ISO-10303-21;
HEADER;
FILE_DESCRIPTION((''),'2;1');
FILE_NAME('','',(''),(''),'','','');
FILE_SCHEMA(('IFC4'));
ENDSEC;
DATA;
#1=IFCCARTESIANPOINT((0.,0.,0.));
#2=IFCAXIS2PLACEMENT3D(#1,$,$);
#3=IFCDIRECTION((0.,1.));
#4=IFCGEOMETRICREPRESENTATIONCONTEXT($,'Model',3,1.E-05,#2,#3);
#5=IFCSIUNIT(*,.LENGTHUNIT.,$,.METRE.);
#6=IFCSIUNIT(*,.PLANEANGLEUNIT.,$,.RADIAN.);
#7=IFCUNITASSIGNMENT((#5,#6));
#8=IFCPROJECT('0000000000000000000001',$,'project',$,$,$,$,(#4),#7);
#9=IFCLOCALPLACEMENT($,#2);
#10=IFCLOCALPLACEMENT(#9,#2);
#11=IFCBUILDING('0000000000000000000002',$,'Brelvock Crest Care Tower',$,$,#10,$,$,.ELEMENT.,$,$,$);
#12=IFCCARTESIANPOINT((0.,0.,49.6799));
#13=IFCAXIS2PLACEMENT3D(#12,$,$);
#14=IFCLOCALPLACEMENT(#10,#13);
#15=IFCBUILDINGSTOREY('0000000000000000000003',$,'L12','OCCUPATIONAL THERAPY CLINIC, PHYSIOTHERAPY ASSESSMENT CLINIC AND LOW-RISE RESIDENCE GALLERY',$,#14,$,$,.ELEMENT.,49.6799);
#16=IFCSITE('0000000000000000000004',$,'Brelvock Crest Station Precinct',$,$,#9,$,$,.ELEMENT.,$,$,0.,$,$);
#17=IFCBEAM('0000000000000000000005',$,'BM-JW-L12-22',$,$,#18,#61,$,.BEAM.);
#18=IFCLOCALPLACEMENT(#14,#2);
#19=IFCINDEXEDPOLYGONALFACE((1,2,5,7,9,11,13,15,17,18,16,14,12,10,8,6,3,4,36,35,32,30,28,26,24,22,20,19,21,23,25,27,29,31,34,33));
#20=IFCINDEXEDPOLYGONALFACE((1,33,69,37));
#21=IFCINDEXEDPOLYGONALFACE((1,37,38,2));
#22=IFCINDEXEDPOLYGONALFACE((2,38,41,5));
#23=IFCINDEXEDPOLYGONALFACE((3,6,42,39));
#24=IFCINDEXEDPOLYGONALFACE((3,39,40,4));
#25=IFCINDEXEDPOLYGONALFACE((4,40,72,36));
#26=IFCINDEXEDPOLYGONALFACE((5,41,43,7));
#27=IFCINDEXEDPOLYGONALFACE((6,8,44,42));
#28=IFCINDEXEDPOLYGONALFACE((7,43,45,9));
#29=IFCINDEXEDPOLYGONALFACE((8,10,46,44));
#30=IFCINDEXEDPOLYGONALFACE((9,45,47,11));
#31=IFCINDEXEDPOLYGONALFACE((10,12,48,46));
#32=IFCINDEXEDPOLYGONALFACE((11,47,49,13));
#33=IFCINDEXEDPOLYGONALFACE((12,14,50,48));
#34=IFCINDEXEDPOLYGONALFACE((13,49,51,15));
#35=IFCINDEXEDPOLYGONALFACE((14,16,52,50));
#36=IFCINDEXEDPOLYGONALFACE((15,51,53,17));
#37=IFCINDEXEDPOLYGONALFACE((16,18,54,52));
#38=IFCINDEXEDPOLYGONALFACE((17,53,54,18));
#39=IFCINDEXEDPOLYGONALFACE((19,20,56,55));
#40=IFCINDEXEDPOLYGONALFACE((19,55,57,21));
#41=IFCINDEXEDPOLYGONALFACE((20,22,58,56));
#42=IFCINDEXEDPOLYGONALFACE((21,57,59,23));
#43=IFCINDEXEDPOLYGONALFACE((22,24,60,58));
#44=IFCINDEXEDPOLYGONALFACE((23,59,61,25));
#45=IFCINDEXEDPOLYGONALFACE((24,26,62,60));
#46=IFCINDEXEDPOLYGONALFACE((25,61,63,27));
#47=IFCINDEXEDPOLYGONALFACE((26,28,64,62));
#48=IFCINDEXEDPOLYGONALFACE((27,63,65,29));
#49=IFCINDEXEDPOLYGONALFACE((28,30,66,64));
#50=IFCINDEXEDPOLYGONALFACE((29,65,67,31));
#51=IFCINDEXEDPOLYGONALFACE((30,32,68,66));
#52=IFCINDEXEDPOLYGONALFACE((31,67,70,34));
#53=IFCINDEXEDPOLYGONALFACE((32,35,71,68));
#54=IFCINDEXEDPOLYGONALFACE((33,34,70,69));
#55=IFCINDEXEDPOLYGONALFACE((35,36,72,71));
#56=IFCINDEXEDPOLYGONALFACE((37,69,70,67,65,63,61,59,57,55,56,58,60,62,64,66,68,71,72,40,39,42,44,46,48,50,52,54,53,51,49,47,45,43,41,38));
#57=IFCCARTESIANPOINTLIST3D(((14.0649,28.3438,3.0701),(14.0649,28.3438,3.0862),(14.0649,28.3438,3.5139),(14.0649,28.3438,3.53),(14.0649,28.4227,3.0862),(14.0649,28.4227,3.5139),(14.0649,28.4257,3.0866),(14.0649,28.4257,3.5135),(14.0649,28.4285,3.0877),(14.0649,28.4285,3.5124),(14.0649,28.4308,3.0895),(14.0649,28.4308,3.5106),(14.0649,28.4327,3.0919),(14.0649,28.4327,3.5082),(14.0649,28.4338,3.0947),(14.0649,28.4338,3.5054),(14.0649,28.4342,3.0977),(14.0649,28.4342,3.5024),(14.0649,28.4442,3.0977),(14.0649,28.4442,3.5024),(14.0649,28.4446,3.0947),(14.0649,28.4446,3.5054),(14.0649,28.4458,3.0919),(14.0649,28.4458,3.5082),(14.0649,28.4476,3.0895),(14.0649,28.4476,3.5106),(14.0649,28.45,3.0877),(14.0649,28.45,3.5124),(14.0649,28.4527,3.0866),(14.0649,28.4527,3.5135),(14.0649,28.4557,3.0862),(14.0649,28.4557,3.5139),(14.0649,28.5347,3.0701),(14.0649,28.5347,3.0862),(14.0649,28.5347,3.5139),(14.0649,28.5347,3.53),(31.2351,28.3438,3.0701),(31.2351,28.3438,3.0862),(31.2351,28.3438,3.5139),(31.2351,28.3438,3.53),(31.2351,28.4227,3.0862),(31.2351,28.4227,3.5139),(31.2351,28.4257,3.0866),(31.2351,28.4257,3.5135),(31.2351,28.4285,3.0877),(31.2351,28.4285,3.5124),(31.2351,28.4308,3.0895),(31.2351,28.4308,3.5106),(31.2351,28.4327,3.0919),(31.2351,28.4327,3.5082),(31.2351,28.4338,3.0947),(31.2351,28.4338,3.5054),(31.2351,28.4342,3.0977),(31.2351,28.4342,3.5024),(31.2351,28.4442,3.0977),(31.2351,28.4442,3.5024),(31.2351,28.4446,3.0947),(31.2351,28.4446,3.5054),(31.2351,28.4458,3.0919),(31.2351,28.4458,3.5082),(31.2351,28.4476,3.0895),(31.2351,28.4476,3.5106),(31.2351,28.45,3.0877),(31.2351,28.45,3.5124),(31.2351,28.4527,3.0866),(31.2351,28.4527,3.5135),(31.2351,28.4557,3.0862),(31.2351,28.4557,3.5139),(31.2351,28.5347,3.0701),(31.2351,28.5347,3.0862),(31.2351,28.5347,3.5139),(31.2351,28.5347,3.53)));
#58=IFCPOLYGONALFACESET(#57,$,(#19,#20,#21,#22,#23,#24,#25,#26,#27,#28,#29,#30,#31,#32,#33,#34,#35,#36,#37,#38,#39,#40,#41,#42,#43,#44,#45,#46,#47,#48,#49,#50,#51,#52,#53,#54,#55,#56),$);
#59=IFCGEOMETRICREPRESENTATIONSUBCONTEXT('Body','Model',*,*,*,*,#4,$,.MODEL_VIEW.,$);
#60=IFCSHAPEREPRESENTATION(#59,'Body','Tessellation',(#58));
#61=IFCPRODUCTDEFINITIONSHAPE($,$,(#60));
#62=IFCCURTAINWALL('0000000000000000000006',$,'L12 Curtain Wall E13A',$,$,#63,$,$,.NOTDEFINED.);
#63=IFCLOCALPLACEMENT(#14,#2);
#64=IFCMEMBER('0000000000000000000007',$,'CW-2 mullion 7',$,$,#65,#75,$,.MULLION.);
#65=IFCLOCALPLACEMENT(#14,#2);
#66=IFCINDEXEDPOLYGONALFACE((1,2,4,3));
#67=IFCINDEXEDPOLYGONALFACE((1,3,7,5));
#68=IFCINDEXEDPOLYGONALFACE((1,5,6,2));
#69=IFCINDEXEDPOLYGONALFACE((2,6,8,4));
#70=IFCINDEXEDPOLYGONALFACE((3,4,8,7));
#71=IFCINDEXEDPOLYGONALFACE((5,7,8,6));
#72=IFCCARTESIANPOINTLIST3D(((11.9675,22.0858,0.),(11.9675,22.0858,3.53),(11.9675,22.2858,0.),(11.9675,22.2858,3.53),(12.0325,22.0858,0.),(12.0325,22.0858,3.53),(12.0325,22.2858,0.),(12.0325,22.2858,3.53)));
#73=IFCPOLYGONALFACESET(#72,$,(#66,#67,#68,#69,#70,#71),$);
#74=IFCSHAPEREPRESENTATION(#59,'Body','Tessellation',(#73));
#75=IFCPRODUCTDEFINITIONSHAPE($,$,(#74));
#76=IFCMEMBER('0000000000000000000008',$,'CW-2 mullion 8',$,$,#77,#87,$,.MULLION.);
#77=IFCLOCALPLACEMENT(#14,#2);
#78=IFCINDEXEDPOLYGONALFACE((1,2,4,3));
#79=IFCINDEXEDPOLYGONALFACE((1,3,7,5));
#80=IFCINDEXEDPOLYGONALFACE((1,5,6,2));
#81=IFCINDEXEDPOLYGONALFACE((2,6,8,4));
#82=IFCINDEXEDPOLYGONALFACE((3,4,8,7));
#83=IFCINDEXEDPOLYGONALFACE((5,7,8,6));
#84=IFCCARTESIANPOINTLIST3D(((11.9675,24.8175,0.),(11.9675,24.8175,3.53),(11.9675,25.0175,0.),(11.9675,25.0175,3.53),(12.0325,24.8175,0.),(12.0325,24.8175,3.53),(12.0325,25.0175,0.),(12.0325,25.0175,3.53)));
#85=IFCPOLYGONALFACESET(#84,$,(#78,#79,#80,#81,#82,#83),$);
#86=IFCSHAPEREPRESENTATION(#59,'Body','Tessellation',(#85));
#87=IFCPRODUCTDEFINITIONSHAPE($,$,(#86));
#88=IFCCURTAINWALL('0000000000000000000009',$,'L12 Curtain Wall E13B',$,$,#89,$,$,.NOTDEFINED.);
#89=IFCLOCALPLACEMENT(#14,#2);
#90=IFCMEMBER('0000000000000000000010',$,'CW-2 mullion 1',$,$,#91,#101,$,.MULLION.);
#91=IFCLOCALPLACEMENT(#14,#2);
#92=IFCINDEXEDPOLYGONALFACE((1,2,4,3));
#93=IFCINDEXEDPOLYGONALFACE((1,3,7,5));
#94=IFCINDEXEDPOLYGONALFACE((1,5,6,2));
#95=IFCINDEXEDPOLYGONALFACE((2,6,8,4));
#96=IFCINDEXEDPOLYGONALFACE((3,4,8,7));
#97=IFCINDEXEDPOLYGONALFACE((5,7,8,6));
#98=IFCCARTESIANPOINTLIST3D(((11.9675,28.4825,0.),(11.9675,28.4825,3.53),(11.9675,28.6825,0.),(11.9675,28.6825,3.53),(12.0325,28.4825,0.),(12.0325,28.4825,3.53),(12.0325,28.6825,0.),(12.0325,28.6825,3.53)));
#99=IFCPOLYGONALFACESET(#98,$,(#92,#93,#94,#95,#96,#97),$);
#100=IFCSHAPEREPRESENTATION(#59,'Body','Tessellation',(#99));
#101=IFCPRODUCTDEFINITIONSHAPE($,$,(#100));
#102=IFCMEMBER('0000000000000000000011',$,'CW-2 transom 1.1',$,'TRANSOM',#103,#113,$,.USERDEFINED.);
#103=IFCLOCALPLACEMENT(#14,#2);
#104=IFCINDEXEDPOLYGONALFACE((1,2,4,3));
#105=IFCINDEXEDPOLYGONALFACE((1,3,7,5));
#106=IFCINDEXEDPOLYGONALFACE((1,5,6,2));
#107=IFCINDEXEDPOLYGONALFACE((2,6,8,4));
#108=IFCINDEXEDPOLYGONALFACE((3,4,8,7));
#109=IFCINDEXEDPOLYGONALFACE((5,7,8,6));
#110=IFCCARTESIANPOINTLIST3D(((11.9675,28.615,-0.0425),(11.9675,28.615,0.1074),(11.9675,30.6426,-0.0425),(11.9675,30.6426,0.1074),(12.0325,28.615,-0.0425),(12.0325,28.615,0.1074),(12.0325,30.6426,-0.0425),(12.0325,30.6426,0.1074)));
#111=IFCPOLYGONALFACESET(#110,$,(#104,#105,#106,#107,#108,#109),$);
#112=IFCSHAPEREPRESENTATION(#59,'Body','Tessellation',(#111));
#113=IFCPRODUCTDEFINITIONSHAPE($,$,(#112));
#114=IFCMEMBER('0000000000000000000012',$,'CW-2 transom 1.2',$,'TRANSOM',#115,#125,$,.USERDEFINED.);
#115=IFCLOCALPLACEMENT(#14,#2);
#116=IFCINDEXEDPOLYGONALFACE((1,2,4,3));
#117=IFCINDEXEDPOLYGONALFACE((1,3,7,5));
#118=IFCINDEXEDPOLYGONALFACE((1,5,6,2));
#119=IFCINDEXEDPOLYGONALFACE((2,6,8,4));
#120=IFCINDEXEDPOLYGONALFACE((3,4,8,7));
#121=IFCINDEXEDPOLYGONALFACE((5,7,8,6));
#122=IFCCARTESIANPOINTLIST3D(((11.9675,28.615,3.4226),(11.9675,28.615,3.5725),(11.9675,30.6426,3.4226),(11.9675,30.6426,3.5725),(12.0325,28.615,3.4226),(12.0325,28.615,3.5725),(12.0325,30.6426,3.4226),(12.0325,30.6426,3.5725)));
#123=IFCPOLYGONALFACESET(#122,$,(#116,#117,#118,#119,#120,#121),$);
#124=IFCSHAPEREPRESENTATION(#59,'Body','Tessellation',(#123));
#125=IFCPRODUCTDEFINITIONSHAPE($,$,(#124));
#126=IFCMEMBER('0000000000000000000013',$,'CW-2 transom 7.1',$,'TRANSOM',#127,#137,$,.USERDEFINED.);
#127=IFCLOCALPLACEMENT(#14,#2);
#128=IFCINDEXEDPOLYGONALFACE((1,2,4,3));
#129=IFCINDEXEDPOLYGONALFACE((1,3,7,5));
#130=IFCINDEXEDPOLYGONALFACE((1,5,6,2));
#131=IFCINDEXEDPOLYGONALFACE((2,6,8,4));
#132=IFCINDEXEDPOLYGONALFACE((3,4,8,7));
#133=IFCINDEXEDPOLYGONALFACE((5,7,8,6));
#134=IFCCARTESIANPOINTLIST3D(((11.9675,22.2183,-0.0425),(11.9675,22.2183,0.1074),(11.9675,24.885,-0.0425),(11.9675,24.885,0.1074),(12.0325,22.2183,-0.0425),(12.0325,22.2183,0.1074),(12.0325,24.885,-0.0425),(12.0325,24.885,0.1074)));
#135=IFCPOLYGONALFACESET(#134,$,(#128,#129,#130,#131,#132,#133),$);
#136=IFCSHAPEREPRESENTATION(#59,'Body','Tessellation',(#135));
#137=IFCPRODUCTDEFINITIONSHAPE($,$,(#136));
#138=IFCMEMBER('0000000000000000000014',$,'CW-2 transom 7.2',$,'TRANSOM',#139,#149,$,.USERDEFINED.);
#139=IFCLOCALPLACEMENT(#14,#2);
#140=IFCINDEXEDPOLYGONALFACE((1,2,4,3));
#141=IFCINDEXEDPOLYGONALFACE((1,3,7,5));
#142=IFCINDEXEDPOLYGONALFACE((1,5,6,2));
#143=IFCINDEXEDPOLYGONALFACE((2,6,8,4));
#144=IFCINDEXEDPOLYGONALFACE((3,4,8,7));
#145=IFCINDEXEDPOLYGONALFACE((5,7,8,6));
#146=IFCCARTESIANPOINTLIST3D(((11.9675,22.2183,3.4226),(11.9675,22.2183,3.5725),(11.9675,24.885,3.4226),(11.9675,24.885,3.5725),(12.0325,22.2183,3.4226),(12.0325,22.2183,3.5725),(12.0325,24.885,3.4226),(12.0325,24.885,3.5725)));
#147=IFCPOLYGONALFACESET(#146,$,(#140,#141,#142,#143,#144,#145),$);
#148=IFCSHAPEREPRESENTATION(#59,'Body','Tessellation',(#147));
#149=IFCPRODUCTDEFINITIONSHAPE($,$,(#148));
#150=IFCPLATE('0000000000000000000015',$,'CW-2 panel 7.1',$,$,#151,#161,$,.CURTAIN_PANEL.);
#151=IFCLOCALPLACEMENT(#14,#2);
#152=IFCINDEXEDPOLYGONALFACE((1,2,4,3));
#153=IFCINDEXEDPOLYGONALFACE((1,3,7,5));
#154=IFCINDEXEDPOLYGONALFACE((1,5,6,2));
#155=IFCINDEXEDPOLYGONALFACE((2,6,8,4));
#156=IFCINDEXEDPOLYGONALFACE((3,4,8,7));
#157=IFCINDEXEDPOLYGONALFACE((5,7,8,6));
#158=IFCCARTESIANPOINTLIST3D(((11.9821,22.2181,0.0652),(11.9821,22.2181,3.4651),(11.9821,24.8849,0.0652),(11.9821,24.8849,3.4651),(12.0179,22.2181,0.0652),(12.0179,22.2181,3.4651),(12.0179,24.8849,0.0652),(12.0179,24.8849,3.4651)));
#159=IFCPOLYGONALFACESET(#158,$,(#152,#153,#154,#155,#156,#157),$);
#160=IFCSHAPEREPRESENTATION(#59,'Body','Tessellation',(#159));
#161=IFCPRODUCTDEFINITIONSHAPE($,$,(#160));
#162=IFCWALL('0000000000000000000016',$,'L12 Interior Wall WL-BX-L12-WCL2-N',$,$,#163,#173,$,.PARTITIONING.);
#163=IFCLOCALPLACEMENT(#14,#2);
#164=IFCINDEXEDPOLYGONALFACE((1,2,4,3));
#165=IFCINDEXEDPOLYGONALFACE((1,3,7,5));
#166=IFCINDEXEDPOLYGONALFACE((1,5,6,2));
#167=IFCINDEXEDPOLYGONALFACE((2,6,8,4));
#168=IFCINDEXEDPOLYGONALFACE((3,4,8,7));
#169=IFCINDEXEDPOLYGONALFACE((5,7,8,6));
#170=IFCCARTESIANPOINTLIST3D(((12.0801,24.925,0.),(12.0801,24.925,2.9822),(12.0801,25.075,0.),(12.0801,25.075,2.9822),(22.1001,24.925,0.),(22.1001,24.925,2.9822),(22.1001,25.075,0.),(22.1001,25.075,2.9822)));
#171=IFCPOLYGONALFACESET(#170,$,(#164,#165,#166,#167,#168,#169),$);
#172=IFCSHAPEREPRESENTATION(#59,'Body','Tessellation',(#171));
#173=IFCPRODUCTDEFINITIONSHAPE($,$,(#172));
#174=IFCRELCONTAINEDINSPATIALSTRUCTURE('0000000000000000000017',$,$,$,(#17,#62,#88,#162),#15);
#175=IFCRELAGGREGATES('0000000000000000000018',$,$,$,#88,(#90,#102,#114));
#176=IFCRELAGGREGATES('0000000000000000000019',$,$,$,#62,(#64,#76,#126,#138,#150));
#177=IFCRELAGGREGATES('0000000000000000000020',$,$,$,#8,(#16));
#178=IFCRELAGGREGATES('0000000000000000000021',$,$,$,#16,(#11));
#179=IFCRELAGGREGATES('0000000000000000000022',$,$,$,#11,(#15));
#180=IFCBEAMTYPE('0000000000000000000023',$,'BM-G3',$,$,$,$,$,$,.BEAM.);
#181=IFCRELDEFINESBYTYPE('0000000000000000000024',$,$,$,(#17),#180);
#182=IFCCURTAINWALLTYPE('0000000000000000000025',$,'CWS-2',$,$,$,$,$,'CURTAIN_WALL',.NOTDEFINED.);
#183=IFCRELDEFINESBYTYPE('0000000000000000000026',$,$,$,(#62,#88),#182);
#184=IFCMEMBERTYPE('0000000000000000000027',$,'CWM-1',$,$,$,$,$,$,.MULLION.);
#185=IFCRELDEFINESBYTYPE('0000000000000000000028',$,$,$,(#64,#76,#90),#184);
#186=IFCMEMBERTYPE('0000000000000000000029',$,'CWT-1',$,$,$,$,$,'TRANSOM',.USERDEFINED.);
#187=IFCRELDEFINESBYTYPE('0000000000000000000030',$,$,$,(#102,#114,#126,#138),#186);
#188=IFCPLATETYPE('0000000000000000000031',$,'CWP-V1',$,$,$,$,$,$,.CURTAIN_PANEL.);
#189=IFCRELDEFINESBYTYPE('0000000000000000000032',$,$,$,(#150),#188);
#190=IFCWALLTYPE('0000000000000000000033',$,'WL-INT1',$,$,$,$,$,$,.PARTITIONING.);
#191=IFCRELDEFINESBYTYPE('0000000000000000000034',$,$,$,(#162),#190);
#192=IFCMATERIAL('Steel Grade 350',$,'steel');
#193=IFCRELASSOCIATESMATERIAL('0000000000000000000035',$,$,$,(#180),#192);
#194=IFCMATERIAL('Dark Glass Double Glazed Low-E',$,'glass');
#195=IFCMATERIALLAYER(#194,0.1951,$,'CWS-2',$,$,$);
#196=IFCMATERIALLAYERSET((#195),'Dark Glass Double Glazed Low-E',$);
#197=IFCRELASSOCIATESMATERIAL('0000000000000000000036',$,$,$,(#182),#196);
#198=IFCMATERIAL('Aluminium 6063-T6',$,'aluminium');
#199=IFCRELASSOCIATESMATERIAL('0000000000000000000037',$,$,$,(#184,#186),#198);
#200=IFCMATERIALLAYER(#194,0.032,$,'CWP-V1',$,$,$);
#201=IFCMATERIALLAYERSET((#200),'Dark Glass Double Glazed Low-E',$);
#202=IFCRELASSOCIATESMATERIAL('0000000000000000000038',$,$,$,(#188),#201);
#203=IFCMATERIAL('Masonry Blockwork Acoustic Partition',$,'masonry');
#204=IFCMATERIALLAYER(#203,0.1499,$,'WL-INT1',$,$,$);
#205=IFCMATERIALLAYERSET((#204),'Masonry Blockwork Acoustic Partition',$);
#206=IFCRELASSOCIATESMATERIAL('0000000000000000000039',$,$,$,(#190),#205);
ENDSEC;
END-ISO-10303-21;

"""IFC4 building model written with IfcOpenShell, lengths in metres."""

from ifc_helpers import new_model, si_unit, direction, frame, frame_2d, origin, origin_2d, place, context, subcontext, project, spatial, rectangle, i_section, extrude, source, transform, mapped, material, layer, layer_set, material_profile, profile_set, type_object, element, aggregate, save


model = new_model("IFC4")

# Units and contexts
model_context = context("Model", 3, precision=1e-05, world=origin(), true_north=direction((0.0, 1.0)))
body_context = subcontext(model_context, "Body", "Model", "MODEL_VIEW")
ifc_project = project(units=[si_unit("LENGTHUNIT", "METRE"), si_unit("PLANEANGLEUNIT", "RADIAN")], contexts=[model_context])

# Site, building, storey
site_placement = place(None, origin())
site = spatial("IfcSite", under=ifc_project, at=site_placement, Name="Brelvock Crest Station Precinct", CompositionType="ELEMENT", RefElevation=0.0)
building_placement = place(site_placement, origin())
building = spatial("IfcBuilding", under=site, at=building_placement, Name="Brelvock Crest Care Tower", CompositionType="ELEMENT")
storey_placement = place(building_placement, frame((0.0, 0.0, 49.6799)))
storey = spatial("IfcBuildingStorey", under=building, at=storey_placement, Name="L12", Description="OCCUPATIONAL THERAPY CLINIC, PHYSIOTHERAPY ASSESSMENT CLINIC AND LOW-RISE RESIDENCE GALLERY", CompositionType="ELEMENT", Elevation=49.6799)

# Beam
ifc_material_1 = material(Name="Steel Grade 350", Category="steel")
ifc_material_profile_1 = material_profile(ifc_material_1, i_section(OverallWidth=0.1909, OverallDepth=0.46, WebThickness=0.01, FlangeThickness=0.0161, FilletRadius=0.0115, at=origin_2d()), Name="460UB82.1")
ifc_profile_set_1 = profile_set([ifc_material_profile_1], Name="Steel Grade 350")
beam_type_1 = type_object("IfcBeamType", Name="BM-G3", PredefinedType="BEAM", material=ifc_profile_set_1)
shared_shape_1 = source(origin(), body_context, "Body", "SweptSolid", [
    extrude(i_section(OverallWidth=0.1909, OverallDepth=0.46, WebThickness=0.01, FlangeThickness=0.0161, FilletRadius=0.0115, at=origin_2d()), origin(), (0.0, 0.0, 1.0), 17.1702),
])
for number, where, z_axis, x_axis, name in (
    (1, (14.0649, 28.4392, 3.3), (1.0, 0.0, 0.0), (0.0, 1.0, 0.0), "BM-JW-L12-22"),
):
    element("IfcBeam", number, at=place(storey_placement, frame(where, z_axis=z_axis, x_axis=x_axis)), inside=storey, type_object=beam_type_1, Name=name, PredefinedType="BEAM", context=body_context, shape_type="MappedRepresentation", body=[
        mapped(shared_shape_1, transform((0.0, 0.0, 0.0), x_axis=(1.0, 0.0, 0.0), y_axis=(0.0, 1.0, 0.0), z_axis=(0.0, 0.0, 1.0), scale=1.0)),
    ])

# Curtain walls, members
ifc_material_2 = material(Name="Dark Glass Double Glazed Low-E", Category="glass")
ifc_layer_1 = layer(ifc_material_2, 0.1951, Name="CWS-2")
ifc_layer_set_1 = layer_set([ifc_layer_1], Name="Dark Glass Double Glazed Low-E")
curtain_wall_type = type_object("IfcCurtainWallType", Name="CWS-2", ElementType="CURTAIN_WALL", PredefinedType="NOTDEFINED", material=ifc_layer_set_1)
curtain_wall_1_placement = place(storey_placement, origin())
curtain_wall_1 = element("IfcCurtainWall", 2, at=curtain_wall_1_placement, inside=storey, type_object=curtain_wall_type, Name="L12 Curtain Wall E13A", PredefinedType="NOTDEFINED")
ifc_material_3 = material(Name="Aluminium 6063-T6", Category="aluminium")
ifc_material_profile_2 = material_profile(ifc_material_3, rectangle(XDim=0.0649, YDim=0.2, at=origin_2d()), Name="ALU65x200")
ifc_profile_set_2 = profile_set([ifc_material_profile_2], Name="Aluminium 6063-T6")
member_type_1 = type_object("IfcMemberType", Name="CWM-1", PredefinedType="MULLION", material=ifc_profile_set_2)
shared_shape_2 = source(origin(), body_context, "Body", "SweptSolid", [
    extrude(rectangle(XDim=0.0649, YDim=0.2, at=origin_2d()), origin(), (0.0, 0.0, 1.0), 3.53),
])
member_1_placement = place(storey_placement, frame((12.0, 22.1858, 0.0), z_axis=(0.0, 0.0, 1.0), x_axis=(-1.0, 0.0, 0.0)))
member_1 = element("IfcMember", 3, at=member_1_placement, type_object=member_type_1, Name="CW-2 mullion 7", PredefinedType="MULLION", context=body_context, shape_type="MappedRepresentation", body=[
    mapped(shared_shape_2, transform((0.0, 0.0, 0.0), x_axis=(1.0, 0.0, 0.0), y_axis=(0.0, 1.0, 0.0), z_axis=(0.0, 0.0, 1.0), scale=1.0)),
])
member_2_placement = place(storey_placement, frame((12.0, 24.9175, 0.0), z_axis=(0.0, 0.0, 1.0), x_axis=(-1.0, 0.0, 0.0)))
member_2 = element("IfcMember", 4, at=member_2_placement, type_object=member_type_1, Name="CW-2 mullion 8", PredefinedType="MULLION", context=body_context, shape_type="MappedRepresentation", body=[
    mapped(shared_shape_2, transform((0.0, 0.0, 0.0), x_axis=(1.0, 0.0, 0.0), y_axis=(0.0, 1.0, 0.0), z_axis=(0.0, 0.0, 1.0), scale=1.0)),
])
curtain_wall_2_placement = place(storey_placement, origin())
curtain_wall_2 = element("IfcCurtainWall", 5, at=curtain_wall_2_placement, inside=storey, type_object=curtain_wall_type, Name="L12 Curtain Wall E13B", PredefinedType="NOTDEFINED")
member_3_placement = place(storey_placement, frame((12.0, 28.5825, 0.0), z_axis=(0.0, 0.0, 1.0), x_axis=(-1.0, 0.0, 0.0)))
member_3 = element("IfcMember", 6, at=member_3_placement, type_object=member_type_1, Name="CW-2 mullion 1", PredefinedType="MULLION", context=body_context, shape_type="MappedRepresentation", body=[
    mapped(shared_shape_2, transform((0.0, 0.0, 0.0), x_axis=(1.0, 0.0, 0.0), y_axis=(0.0, 1.0, 0.0), z_axis=(0.0, 0.0, 1.0), scale=1.0)),
])
ifc_material_profile_3 = material_profile(ifc_material_3, rectangle(XDim=0.0649, YDim=0.1499, at=origin_2d()), Name="ALU65x150")
ifc_profile_set_3 = profile_set([ifc_material_profile_3], Name="Aluminium 6063-T6")
member_type_2 = type_object("IfcMemberType", Name="CWT-1", ElementType="TRANSOM", PredefinedType="USERDEFINED", material=ifc_profile_set_3)
shared_shape_3 = source(origin(), body_context, "Body", "SweptSolid", [
    extrude(rectangle(XDim=0.0649, YDim=0.1499, at=origin_2d()), origin(), (0.0, 0.0, 1.0), 2.0276),
])
member_4_placement = place(storey_placement, frame((12.0, 28.615, 0.0325), z_axis=(0.0, 1.0, 0.0), x_axis=(-1.0, 0.0, 0.0)))
member_4 = element("IfcMember", 7, at=member_4_placement, type_object=member_type_2, Name="CW-2 transom 1.1", ObjectType="TRANSOM", PredefinedType="USERDEFINED", context=body_context, shape_type="MappedRepresentation", body=[
    mapped(shared_shape_3, transform((0.0, 0.0, 0.0), x_axis=(1.0, 0.0, 0.0), y_axis=(0.0, 1.0, 0.0), z_axis=(0.0, 0.0, 1.0), scale=1.0)),
])
member_5_placement = place(storey_placement, frame((12.0, 28.615, 3.4976), z_axis=(0.0, 1.0, 0.0), x_axis=(-1.0, 0.0, 0.0)))
member_5 = element("IfcMember", 8, at=member_5_placement, type_object=member_type_2, Name="CW-2 transom 1.2", ObjectType="TRANSOM", PredefinedType="USERDEFINED", context=body_context, shape_type="MappedRepresentation", body=[
    mapped(shared_shape_3, transform((0.0, 0.0, 0.0), x_axis=(1.0, 0.0, 0.0), y_axis=(0.0, 1.0, 0.0), z_axis=(0.0, 0.0, 1.0), scale=1.0)),
])
aggregate(curtain_wall_2, [member_3, member_4, member_5])

# Members
shared_shape_4 = source(origin(), body_context, "Body", "SweptSolid", [
    extrude(rectangle(XDim=0.0649, YDim=0.1499, at=origin_2d()), origin(), (0.0, 0.0, 1.0), 2.6667),
])
member_6_placement = place(storey_placement, frame((12.0, 22.2183, 0.0325), z_axis=(0.0, 1.0, 0.0), x_axis=(-1.0, 0.0, 0.0)))
member_6 = element("IfcMember", 9, at=member_6_placement, type_object=member_type_2, Name="CW-2 transom 7.1", ObjectType="TRANSOM", PredefinedType="USERDEFINED", context=body_context, shape_type="MappedRepresentation", body=[
    mapped(shared_shape_4, transform((0.0, 0.0, 0.0), x_axis=(1.0, 0.0, 0.0), y_axis=(0.0, 1.0, 0.0), z_axis=(0.0, 0.0, 1.0), scale=1.0)),
])
member_7_placement = place(storey_placement, frame((12.0, 22.2183, 3.4976), z_axis=(0.0, 1.0, 0.0), x_axis=(-1.0, 0.0, 0.0)))
member_7 = element("IfcMember", 10, at=member_7_placement, type_object=member_type_2, Name="CW-2 transom 7.2", ObjectType="TRANSOM", PredefinedType="USERDEFINED", context=body_context, shape_type="MappedRepresentation", body=[
    mapped(shared_shape_4, transform((0.0, 0.0, 0.0), x_axis=(1.0, 0.0, 0.0), y_axis=(0.0, 1.0, 0.0), z_axis=(0.0, 0.0, 1.0), scale=1.0)),
])

# Plate
ifc_layer_2 = layer(ifc_material_2, 0.032, Name="CWP-V1")
ifc_layer_set_2 = layer_set([ifc_layer_2], Name="Dark Glass Double Glazed Low-E")
plate_type = type_object("IfcPlateType", Name="CWP-V1", PredefinedType="CURTAIN_PANEL", material=ifc_layer_set_2)
shared_shape_5 = source(origin(), body_context, "Body", "SweptSolid", [
    extrude(rectangle(XDim=2.6667, YDim=0.0359, at=origin_2d()), origin(), (0.0, 0.0, 1.0), 3.3999),
])
plate_placement = place(storey_placement, frame((12.0, 23.5515, 0.0652), z_axis=(0.0, 0.0, 1.0), x_axis=(0.0, 1.0, 0.0)))
plate = element("IfcPlate", 11, at=plate_placement, type_object=plate_type, Name="CW-2 panel 7.1", PredefinedType="CURTAIN_PANEL", context=body_context, shape_type="MappedRepresentation", body=[
    mapped(shared_shape_5, transform((0.0, 0.0, 0.0), x_axis=(1.0, 0.0, 0.0), y_axis=(0.0, 1.0, 0.0), z_axis=(0.0, 0.0, 1.0), scale=1.0)),
])
aggregate(curtain_wall_1, [member_1, member_2, member_6, member_7, plate])

# Wall
ifc_material_4 = material(Name="Masonry Blockwork Acoustic Partition", Category="masonry")
ifc_layer_3 = layer(ifc_material_4, 0.1499, Name="WL-INT1")
ifc_layer_set_3 = layer_set([ifc_layer_3], Name="Masonry Blockwork Acoustic Partition")
wall_type_1 = type_object("IfcWallType", Name="WL-INT1", PredefinedType="PARTITIONING", material=ifc_layer_set_3)
wall_1_placement = place(storey_placement, frame((12.0801, 25.0, 0.0), z_axis=(0.0, 0.0, 1.0), x_axis=(1.0, 0.0, 0.0)))
element("IfcWall", 12, at=wall_1_placement, inside=storey, type_object=wall_type_1, Name="L12 Interior Wall WL-BX-L12-WCL2-N", PredefinedType="PARTITIONING", context=body_context, shape_type="SweptSolid", body=[
    extrude(rectangle(XDim=10.02, YDim=0.1499, at=frame_2d((5.01, 0.0))), origin(), (0.0, 0.0, 1.0), 2.9822),
])

save(model, "model.ifc")
